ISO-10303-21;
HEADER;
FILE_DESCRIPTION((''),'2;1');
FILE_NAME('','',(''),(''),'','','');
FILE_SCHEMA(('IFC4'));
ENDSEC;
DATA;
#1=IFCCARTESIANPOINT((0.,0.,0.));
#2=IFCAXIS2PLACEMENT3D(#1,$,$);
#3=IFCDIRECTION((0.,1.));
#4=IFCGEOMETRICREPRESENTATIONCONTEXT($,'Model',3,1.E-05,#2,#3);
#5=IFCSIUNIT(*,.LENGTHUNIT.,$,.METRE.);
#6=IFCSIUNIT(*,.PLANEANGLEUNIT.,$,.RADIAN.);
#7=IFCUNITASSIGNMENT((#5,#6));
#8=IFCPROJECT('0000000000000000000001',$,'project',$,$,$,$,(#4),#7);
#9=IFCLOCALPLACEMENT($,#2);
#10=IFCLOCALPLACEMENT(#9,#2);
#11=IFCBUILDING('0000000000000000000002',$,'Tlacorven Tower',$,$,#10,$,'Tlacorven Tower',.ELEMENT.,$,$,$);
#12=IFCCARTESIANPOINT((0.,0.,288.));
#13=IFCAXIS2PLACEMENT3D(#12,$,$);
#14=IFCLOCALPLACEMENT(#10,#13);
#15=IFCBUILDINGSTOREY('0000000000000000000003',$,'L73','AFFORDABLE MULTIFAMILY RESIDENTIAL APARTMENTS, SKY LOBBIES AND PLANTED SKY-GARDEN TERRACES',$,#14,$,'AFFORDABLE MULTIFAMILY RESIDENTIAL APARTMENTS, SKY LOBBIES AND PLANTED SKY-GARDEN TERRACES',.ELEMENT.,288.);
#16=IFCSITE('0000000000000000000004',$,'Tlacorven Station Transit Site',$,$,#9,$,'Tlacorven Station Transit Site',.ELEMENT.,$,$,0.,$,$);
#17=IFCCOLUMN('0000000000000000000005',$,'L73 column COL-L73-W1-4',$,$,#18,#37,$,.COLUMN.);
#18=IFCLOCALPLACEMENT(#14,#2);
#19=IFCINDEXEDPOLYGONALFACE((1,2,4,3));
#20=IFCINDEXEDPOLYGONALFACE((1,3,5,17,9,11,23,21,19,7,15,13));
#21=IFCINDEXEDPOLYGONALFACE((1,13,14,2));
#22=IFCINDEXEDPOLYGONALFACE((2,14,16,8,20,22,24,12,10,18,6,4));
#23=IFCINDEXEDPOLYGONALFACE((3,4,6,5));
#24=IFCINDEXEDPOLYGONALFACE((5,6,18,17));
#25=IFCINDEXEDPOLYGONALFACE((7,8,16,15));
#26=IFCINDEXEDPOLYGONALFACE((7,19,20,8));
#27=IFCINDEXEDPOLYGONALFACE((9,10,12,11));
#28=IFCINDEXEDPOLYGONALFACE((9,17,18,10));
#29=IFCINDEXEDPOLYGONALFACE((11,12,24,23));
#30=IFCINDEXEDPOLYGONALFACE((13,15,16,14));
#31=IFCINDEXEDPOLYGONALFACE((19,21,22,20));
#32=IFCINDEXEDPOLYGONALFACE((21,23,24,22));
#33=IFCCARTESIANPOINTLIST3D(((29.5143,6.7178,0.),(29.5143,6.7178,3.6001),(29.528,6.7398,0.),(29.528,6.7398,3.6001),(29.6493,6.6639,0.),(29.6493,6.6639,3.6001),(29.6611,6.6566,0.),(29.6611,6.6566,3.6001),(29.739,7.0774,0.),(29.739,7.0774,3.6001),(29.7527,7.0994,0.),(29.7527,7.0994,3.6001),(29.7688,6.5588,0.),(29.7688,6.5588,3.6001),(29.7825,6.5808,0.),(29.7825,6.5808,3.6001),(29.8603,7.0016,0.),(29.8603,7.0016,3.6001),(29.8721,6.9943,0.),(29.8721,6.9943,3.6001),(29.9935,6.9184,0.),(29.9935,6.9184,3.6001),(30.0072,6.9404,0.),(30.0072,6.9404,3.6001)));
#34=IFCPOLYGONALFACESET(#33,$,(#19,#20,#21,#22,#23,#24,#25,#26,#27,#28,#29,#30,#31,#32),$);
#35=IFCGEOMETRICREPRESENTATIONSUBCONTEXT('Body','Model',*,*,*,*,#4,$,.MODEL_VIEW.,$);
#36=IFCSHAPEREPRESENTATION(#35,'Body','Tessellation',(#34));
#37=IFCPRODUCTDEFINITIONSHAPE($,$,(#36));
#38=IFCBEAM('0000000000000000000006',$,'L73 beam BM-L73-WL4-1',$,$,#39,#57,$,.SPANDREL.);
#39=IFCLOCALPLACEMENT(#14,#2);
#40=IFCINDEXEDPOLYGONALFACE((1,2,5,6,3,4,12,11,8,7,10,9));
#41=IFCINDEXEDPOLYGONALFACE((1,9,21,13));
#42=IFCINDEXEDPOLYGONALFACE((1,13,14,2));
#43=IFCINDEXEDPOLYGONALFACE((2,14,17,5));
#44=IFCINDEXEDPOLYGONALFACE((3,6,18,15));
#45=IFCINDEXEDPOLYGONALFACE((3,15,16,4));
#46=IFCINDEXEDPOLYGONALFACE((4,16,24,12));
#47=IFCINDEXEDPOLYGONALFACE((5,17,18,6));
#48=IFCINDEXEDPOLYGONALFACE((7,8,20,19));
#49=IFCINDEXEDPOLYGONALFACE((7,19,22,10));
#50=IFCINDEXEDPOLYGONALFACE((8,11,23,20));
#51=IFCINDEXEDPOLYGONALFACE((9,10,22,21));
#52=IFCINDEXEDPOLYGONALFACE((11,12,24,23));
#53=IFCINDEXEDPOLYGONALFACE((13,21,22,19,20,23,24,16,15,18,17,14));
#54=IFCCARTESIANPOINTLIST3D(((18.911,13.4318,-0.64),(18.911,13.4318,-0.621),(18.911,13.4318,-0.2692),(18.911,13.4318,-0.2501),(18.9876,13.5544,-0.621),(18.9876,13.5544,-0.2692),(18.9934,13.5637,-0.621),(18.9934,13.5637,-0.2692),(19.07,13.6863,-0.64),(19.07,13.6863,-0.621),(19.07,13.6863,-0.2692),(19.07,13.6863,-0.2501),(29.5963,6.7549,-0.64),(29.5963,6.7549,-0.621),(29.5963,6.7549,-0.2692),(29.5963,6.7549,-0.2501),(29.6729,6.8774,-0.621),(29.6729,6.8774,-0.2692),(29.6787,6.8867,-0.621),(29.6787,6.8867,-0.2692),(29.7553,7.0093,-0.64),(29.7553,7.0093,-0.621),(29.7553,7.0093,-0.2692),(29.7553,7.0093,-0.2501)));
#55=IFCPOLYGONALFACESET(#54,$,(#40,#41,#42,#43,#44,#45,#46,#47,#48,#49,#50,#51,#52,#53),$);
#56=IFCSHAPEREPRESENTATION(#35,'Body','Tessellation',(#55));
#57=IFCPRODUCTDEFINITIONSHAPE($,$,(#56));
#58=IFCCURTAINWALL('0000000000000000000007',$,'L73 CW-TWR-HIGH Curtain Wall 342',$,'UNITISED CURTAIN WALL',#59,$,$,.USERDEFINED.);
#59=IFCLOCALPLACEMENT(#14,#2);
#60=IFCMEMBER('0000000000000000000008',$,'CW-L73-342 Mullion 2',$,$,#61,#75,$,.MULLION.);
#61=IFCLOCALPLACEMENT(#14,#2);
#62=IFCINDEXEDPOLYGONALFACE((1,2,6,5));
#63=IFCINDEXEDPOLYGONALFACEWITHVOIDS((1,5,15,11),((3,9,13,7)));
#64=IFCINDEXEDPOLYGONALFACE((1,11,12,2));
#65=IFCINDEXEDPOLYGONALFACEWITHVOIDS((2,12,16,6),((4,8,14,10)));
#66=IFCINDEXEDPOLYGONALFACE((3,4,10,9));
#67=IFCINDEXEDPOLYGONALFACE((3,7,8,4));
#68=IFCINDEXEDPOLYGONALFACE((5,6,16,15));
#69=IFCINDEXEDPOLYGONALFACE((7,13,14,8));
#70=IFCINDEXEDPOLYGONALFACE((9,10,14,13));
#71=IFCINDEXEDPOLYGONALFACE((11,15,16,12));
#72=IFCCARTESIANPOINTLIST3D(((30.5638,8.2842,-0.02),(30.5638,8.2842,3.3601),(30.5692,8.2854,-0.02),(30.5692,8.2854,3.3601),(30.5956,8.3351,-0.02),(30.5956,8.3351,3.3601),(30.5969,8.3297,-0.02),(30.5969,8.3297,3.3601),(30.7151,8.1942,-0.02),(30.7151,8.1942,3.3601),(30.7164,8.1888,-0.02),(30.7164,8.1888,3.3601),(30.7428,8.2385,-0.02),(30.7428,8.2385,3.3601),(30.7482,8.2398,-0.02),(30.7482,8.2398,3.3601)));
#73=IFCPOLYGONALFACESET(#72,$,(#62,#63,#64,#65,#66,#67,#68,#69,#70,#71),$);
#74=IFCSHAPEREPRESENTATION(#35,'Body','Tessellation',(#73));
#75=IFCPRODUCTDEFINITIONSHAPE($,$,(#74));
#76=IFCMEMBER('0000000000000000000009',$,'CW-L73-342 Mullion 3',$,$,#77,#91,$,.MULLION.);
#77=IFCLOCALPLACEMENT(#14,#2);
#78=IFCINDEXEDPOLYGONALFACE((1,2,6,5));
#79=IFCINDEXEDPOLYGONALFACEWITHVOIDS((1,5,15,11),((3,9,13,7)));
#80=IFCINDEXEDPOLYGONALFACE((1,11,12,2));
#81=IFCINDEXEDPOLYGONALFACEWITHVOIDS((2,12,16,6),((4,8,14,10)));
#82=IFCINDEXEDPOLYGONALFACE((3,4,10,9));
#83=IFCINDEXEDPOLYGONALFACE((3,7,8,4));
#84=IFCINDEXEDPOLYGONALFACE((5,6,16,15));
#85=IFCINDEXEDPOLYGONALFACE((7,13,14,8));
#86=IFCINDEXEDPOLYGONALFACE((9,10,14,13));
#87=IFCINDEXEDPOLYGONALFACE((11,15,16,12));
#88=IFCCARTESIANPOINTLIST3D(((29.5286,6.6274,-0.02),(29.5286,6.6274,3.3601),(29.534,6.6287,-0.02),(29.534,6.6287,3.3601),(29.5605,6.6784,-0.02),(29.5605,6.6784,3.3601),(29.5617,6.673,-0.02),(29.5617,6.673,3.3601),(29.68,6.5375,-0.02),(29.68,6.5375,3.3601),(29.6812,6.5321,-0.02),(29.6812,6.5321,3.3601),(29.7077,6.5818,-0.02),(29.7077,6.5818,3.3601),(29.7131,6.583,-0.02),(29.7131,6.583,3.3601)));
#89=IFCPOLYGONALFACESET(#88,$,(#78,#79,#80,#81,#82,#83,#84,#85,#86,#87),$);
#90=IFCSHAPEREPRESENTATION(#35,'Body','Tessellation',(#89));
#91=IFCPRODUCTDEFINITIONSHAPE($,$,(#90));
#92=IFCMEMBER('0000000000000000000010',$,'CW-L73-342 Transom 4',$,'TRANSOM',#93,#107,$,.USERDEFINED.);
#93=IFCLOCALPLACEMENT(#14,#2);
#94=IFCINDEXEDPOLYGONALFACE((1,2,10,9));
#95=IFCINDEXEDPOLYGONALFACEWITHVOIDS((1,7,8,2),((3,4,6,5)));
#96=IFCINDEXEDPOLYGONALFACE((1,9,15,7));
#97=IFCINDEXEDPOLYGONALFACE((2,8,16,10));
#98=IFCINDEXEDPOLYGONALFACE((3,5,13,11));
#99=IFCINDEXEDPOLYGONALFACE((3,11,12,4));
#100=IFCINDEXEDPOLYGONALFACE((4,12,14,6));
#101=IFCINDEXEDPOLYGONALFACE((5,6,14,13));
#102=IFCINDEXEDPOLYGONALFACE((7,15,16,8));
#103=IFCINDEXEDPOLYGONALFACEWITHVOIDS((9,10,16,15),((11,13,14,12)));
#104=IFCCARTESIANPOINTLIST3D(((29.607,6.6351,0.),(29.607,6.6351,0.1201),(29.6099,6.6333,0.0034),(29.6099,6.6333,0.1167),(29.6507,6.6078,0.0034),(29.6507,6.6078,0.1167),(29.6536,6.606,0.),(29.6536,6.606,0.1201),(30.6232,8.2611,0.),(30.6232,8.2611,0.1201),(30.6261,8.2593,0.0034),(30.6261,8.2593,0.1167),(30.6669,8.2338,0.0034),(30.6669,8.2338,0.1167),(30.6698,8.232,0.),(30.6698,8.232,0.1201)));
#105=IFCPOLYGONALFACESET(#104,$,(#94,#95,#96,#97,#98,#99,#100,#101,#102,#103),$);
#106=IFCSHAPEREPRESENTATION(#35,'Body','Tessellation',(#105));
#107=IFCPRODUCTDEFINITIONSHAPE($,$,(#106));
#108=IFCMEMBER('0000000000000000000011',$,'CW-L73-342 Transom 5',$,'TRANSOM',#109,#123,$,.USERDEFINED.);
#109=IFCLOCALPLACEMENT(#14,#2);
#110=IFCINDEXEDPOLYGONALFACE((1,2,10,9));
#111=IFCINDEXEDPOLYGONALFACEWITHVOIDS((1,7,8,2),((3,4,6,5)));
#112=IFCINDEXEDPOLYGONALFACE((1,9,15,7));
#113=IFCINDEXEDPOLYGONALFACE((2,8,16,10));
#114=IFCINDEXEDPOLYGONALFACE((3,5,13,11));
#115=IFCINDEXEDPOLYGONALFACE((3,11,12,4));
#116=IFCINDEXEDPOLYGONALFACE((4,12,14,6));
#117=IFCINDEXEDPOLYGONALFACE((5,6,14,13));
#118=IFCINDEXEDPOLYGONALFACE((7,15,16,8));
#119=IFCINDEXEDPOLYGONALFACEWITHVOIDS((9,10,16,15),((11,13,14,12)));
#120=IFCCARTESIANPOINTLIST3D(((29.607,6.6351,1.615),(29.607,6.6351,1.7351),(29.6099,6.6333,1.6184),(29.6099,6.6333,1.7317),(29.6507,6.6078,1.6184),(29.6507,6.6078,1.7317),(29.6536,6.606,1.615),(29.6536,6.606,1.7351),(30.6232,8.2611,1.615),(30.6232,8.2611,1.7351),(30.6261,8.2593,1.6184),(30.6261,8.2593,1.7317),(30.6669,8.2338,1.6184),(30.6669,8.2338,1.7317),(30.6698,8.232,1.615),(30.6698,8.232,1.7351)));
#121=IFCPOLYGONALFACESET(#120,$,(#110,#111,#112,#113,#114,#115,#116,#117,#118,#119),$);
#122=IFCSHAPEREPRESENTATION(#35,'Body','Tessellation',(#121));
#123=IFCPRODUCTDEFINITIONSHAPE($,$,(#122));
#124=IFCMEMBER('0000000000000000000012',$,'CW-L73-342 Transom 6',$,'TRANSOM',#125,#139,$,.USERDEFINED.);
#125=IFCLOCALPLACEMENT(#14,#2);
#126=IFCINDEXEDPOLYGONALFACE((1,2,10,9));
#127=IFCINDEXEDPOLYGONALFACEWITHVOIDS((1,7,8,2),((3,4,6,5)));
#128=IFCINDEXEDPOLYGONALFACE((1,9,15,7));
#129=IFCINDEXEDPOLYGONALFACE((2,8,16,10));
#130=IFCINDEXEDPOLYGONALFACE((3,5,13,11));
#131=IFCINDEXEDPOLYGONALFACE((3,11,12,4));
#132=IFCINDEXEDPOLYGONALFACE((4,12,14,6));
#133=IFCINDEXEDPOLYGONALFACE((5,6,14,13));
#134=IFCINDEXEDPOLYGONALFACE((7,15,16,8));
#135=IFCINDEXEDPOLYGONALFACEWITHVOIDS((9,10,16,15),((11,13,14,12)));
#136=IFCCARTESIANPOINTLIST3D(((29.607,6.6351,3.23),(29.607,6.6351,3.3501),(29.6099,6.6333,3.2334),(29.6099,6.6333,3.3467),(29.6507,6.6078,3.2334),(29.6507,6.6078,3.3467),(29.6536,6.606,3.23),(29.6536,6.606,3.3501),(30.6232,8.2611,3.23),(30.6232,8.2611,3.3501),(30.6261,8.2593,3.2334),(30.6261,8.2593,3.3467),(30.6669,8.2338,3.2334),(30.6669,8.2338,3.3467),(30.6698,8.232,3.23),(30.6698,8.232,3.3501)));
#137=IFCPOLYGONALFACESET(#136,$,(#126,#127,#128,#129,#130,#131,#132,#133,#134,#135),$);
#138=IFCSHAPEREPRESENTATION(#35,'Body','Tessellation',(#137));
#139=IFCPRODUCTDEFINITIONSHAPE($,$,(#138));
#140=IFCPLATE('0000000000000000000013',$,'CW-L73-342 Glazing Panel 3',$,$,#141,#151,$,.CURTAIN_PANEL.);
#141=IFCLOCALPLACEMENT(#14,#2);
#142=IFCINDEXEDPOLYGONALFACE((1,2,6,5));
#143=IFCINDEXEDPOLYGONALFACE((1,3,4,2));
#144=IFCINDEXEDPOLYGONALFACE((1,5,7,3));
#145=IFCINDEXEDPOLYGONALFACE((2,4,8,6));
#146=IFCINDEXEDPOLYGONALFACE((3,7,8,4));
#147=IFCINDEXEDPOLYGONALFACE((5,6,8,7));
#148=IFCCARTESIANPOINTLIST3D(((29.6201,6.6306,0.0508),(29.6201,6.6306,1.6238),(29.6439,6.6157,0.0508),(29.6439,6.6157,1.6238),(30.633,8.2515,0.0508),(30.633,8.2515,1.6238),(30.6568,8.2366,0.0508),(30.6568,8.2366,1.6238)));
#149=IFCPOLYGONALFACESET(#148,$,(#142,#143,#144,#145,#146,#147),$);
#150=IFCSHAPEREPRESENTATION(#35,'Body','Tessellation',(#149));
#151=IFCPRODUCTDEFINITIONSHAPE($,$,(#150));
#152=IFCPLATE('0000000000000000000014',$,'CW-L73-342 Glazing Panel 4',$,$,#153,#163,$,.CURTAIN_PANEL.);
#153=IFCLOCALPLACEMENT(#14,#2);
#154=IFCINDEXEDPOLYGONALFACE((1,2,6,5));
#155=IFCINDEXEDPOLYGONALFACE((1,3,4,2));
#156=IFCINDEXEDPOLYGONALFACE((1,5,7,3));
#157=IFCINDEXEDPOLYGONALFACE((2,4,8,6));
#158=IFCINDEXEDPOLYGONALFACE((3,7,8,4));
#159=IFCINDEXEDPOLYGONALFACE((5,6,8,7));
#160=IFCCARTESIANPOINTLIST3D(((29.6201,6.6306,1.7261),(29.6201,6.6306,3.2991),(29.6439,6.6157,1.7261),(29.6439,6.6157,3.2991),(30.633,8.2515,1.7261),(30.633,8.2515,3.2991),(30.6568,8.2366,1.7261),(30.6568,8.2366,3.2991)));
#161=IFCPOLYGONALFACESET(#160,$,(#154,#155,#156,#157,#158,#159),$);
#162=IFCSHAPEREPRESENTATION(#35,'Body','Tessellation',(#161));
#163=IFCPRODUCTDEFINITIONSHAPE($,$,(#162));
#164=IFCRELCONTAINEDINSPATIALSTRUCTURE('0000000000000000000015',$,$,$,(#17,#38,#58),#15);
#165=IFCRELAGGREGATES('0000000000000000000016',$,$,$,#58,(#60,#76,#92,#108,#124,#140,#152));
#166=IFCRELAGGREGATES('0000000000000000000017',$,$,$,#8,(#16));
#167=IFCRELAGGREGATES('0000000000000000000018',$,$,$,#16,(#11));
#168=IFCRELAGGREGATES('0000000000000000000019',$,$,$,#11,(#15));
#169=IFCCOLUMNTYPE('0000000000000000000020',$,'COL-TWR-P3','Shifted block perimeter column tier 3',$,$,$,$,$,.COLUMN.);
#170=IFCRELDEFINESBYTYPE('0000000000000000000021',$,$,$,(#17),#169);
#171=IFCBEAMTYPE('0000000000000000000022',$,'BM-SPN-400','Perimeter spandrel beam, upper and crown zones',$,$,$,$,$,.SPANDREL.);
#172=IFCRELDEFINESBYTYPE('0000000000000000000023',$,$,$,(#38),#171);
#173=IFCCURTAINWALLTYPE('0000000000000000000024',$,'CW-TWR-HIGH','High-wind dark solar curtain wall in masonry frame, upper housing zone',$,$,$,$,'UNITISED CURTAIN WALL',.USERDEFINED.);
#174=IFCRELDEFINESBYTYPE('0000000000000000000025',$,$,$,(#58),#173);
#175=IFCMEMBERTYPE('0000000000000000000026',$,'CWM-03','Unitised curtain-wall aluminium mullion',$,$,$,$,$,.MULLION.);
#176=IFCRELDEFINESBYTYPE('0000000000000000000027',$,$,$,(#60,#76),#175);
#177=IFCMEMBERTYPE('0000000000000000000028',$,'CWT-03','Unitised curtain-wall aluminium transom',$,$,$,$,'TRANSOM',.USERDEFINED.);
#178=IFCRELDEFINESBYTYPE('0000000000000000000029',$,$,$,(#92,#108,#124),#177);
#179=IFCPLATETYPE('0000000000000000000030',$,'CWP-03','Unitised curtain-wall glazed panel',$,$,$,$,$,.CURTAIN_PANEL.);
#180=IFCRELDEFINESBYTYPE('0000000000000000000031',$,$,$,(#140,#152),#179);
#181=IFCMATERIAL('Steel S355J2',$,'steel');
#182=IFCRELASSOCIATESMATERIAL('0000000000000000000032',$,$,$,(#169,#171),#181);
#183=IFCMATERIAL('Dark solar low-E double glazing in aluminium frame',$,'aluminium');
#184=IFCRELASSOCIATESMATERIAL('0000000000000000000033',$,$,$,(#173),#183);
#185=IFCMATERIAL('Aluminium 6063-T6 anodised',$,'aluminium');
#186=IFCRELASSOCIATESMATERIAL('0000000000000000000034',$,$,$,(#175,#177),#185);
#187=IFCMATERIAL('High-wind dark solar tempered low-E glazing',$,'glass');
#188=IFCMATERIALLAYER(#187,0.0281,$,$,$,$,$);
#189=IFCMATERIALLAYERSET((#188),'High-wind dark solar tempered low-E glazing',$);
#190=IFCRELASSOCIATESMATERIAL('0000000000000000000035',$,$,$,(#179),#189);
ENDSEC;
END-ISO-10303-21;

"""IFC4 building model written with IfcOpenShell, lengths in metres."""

from ifc_helpers import new_model, si_unit, direction, frame, origin, origin_2d, place, context, subcontext, project, spatial, rectangle, hollow_rectangle, i_section, extrude, source, transform, mapped, material, layer, layer_set, material_profile, profile_set, type_object, element, aggregate, save


model = new_model("IFC4")

# Units and contexts
model_context = context("Model", 3, precision=1e-05, world=origin(), true_north=direction((0.0, 1.0)))
body_context = subcontext(model_context, "Body", "Model", "MODEL_VIEW")
ifc_project = project(units=[si_unit("LENGTHUNIT", "METRE"), si_unit("PLANEANGLEUNIT", "RADIAN")], contexts=[model_context])

# Site, building, storey
site_placement = place(None, origin())
site = spatial("IfcSite", under=ifc_project, at=site_placement, Name="Tlacorven Station Transit Site", LongName="Tlacorven Station Transit Site", CompositionType="ELEMENT", RefElevation=0.0)
building_placement = place(site_placement, origin())
building = spatial("IfcBuilding", under=site, at=building_placement, Name="Tlacorven Tower", LongName="Tlacorven Tower", CompositionType="ELEMENT")
storey_placement = place(building_placement, frame((0.0, 0.0, 288.0)))
storey = spatial("IfcBuildingStorey", under=building, at=storey_placement, Name="L73", Description="AFFORDABLE MULTIFAMILY RESIDENTIAL APARTMENTS, SKY LOBBIES AND PLANTED SKY-GARDEN TERRACES", LongName="AFFORDABLE MULTIFAMILY RESIDENTIAL APARTMENTS, SKY LOBBIES AND PLANTED SKY-GARDEN TERRACES", CompositionType="ELEMENT", Elevation=288.0)

# Column
ifc_material_1 = material(Name="Steel S355J2", Category="steel")
ifc_material_profile_1 = material_profile(ifc_material_1, i_section(OverallWidth=0.3, OverallDepth=0.45, WebThickness=0.0139, FlangeThickness=0.0259, at=origin_2d()), Name="HEB 450")
ifc_profile_set_1 = profile_set([ifc_material_profile_1], Name="Steel S355J2")
column_type = type_object("IfcColumnType", Name="COL-TWR-P3", Description="Shifted block perimeter column tier 3", PredefinedType="COLUMN", material=ifc_profile_set_1)
shared_shape_1 = source(origin(), body_context, "Body", "SweptSolid", [
    extrude(i_section(OverallWidth=0.3, OverallDepth=0.45, WebThickness=0.0139, FlangeThickness=0.0259, at=origin_2d()), origin(), (0.0, 0.0, 1.0), 3.6001),
])
column_placement = place(storey_placement, frame((29.7607, 6.8291, 0.0), z_axis=(0.0, 0.0, 1.0), x_axis=(-0.848048, 0.529919, 0.0)))
element("IfcColumn", 1, at=column_placement, inside=storey, type_object=column_type, Name="L73 column COL-L73-W1-4", PredefinedType="COLUMN", context=body_context, shape_type="MappedRepresentation", body=[
    mapped(shared_shape_1, transform((0.0, 0.0, 0.0), scale=1.0)),
])

# Beam
ifc_material_profile_2 = material_profile(ifc_material_1, i_section(OverallWidth=0.3, OverallDepth=0.3899, WebThickness=0.011, FlangeThickness=0.019, at=origin_2d()), Name="HEA 400")
ifc_profile_set_2 = profile_set([ifc_material_profile_2], Name="Steel S355J2")
beam_type = type_object("IfcBeamType", Name="BM-SPN-400", Description="Perimeter spandrel beam, upper and crown zones", PredefinedType="SPANDREL", material=ifc_profile_set_2)
shared_shape_2 = source(origin(), body_context, "Body", "SweptSolid", [
    extrude(i_section(OverallWidth=0.3, OverallDepth=0.3899, WebThickness=0.011, FlangeThickness=0.019, at=origin_2d()), origin(), (0.0, 0.0, 1.0), 12.5999),
])
beam_placement = place(storey_placement, frame((29.6758, 6.8821, -0.4451), z_axis=(-0.848045, 0.529924, 0.0), x_axis=(-0.529924, -0.848045, 0.0)))
element("IfcBeam", 2, at=beam_placement, inside=storey, type_object=beam_type, Name="L73 beam BM-L73-WL4-1", PredefinedType="SPANDREL", context=body_context, shape_type="MappedRepresentation", body=[
    mapped(shared_shape_2, transform((0.0, 0.0, 0.0), scale=1.0)),
])

# Curtain wall, members, plates
ifc_material_2 = material(Name="Dark solar low-E double glazing in aluminium frame", Category="aluminium")
curtain_wall_type = type_object("IfcCurtainWallType", Name="CW-TWR-HIGH", Description="High-wind dark solar curtain wall in masonry frame, upper housing zone", ElementType="UNITISED CURTAIN WALL", PredefinedType="USERDEFINED", material=ifc_material_2)
curtain_wall_placement = place(storey_placement, origin())
curtain_wall = element("IfcCurtainWall", 3, at=curtain_wall_placement, inside=storey, type_object=curtain_wall_type, Name="L73 CW-TWR-HIGH Curtain Wall 342", ObjectType="UNITISED CURTAIN WALL", PredefinedType="USERDEFINED")
ifc_material_3 = material(Name="Aluminium 6063-T6 anodised", Category="aluminium")
ifc_material_profile_3 = material_profile(ifc_material_3, hollow_rectangle(XDim=0.0601, YDim=0.1799, WallThickness=0.0039, at=origin_2d()), Name="ALU MULLION 60X180")
ifc_profile_set_3 = profile_set([ifc_material_profile_3], Name="Aluminium 6063-T6 anodised")
member_type_1 = type_object("IfcMemberType", Name="CWM-03", Description="Unitised curtain-wall aluminium mullion", PredefinedType="MULLION", material=ifc_profile_set_3)
shared_shape_3 = source(origin(), body_context, "Body", "SweptSolid", [
    extrude(hollow_rectangle(XDim=0.0601, YDim=0.1799, WallThickness=0.0039, at=origin_2d()), origin(), (0.0, 0.0, 1.0), 3.3801),
])
member_1_placement = place(storey_placement, frame((30.656, 8.262, -0.02), z_axis=(0.0, 0.0, 1.0), x_axis=(-0.529919, -0.848048, 0.0)))
member_1 = element("IfcMember", 4, at=member_1_placement, type_object=member_type_1, Name="CW-L73-342 Mullion 2", PredefinedType="MULLION", context=body_context, shape_type="MappedRepresentation", body=[
    mapped(shared_shape_3, transform((0.0, 0.0, 0.0), scale=1.0)),
])
member_2_placement = place(storey_placement, frame((29.6208, 6.6052, -0.02), z_axis=(0.0, 0.0, 1.0), x_axis=(-0.529919, -0.848048, 0.0)))
member_2 = element("IfcMember", 5, at=member_2_placement, type_object=member_type_1, Name="CW-L73-342 Mullion 3", PredefinedType="MULLION", context=body_context, shape_type="MappedRepresentation", body=[
    mapped(shared_shape_3, transform((0.0, 0.0, 0.0), scale=1.0)),
])
ifc_material_profile_4 = material_profile(ifc_material_3, hollow_rectangle(XDim=0.0549, YDim=0.1201, WallThickness=0.0034, at=origin_2d()), Name="ALU TRANSOM 55X120")
ifc_profile_set_4 = profile_set([ifc_material_profile_4], Name="Aluminium 6063-T6 anodised")
member_type_2 = type_object("IfcMemberType", Name="CWT-03", Description="Unitised curtain-wall aluminium transom", ElementType="TRANSOM", PredefinedType="USERDEFINED", material=ifc_profile_set_4)
shared_shape_4 = source(origin(), body_context, "Body", "SweptSolid", [
    extrude(hollow_rectangle(XDim=0.0549, YDim=0.1201, WallThickness=0.0034, at=origin_2d()), origin(), (0.0, 0.0, 1.0), 1.9175),
])
member_3_placement = place(storey_placement, frame((30.6465, 8.2466, 0.0601), z_axis=(-0.529953, -0.848027, 0.0), x_axis=(0.848027, -0.529953, 0.0)))
member_3 = element("IfcMember", 6, at=member_3_placement, type_object=member_type_2, Name="CW-L73-342 Transom 4", ObjectType="TRANSOM", PredefinedType="USERDEFINED", context=body_context, shape_type="MappedRepresentation", body=[
    mapped(shared_shape_4, transform((0.0, 0.0, 0.0), scale=1.0)),
])
member_4_placement = place(storey_placement, frame((30.6465, 8.2466, 1.675), z_axis=(-0.529953, -0.848027, 0.0), x_axis=(0.848027, -0.529953, 0.0)))
member_4 = element("IfcMember", 7, at=member_4_placement, type_object=member_type_2, Name="CW-L73-342 Transom 5", ObjectType="TRANSOM", PredefinedType="USERDEFINED", context=body_context, shape_type="MappedRepresentation", body=[
    mapped(shared_shape_4, transform((0.0, 0.0, 0.0), scale=1.0)),
])
member_5_placement = place(storey_placement, frame((30.6465, 8.2466, 3.29), z_axis=(-0.529953, -0.848027, 0.0), x_axis=(0.848027, -0.529953, 0.0)))
member_5 = element("IfcMember", 8, at=member_5_placement, type_object=member_type_2, Name="CW-L73-342 Transom 6", ObjectType="TRANSOM", PredefinedType="USERDEFINED", context=body_context, shape_type="MappedRepresentation", body=[
    mapped(shared_shape_4, transform((0.0, 0.0, 0.0), scale=1.0)),
])
ifc_material_4 = material(Name="High-wind dark solar tempered low-E glazing", Category="glass")
ifc_layer_1 = layer(ifc_material_4, 0.0281)
ifc_layer_set_1 = layer_set([ifc_layer_1], Name="High-wind dark solar tempered low-E glazing")
plate_type = type_object("IfcPlateType", Name="CWP-03", Description="Unitised curtain-wall glazed panel", PredefinedType="CURTAIN_PANEL", material=ifc_layer_set_1)
shared_shape_5 = source(origin(), body_context, "Body", "SweptSolid", [
    extrude(rectangle(XDim=1.9114, YDim=0.0281, at=origin_2d()), origin(), (0.0, 0.0, 1.0), 1.573),
])
plate_1_placement = place(storey_placement, frame((30.1384, 7.4336, 0.0508), z_axis=(0.0, 0.0, 1.0), x_axis=(-0.529919, -0.848048, 0.0)))
plate_1 = element("IfcPlate", 9, at=plate_1_placement, type_object=plate_type, Name="CW-L73-342 Glazing Panel 3", PredefinedType="CURTAIN_PANEL", context=body_context, shape_type="MappedRepresentation", body=[
    mapped(shared_shape_5, transform((0.0, 0.0, 0.0), scale=1.0)),
])
plate_2_placement = place(storey_placement, frame((30.1384, 7.4336, 1.7261), z_axis=(0.0, 0.0, 1.0), x_axis=(-0.529919, -0.848048, 0.0)))
plate_2 = element("IfcPlate", 10, at=plate_2_placement, type_object=plate_type, Name="CW-L73-342 Glazing Panel 4", PredefinedType="CURTAIN_PANEL", context=body_context, shape_type="MappedRepresentation", body=[
    mapped(shared_shape_5, transform((0.0, 0.0, 0.0), scale=1.0)),
])
aggregate(curtain_wall, [member_1, member_2, member_3, member_4, member_5, plate_1, plate_2])

save(model, "model.ifc")
